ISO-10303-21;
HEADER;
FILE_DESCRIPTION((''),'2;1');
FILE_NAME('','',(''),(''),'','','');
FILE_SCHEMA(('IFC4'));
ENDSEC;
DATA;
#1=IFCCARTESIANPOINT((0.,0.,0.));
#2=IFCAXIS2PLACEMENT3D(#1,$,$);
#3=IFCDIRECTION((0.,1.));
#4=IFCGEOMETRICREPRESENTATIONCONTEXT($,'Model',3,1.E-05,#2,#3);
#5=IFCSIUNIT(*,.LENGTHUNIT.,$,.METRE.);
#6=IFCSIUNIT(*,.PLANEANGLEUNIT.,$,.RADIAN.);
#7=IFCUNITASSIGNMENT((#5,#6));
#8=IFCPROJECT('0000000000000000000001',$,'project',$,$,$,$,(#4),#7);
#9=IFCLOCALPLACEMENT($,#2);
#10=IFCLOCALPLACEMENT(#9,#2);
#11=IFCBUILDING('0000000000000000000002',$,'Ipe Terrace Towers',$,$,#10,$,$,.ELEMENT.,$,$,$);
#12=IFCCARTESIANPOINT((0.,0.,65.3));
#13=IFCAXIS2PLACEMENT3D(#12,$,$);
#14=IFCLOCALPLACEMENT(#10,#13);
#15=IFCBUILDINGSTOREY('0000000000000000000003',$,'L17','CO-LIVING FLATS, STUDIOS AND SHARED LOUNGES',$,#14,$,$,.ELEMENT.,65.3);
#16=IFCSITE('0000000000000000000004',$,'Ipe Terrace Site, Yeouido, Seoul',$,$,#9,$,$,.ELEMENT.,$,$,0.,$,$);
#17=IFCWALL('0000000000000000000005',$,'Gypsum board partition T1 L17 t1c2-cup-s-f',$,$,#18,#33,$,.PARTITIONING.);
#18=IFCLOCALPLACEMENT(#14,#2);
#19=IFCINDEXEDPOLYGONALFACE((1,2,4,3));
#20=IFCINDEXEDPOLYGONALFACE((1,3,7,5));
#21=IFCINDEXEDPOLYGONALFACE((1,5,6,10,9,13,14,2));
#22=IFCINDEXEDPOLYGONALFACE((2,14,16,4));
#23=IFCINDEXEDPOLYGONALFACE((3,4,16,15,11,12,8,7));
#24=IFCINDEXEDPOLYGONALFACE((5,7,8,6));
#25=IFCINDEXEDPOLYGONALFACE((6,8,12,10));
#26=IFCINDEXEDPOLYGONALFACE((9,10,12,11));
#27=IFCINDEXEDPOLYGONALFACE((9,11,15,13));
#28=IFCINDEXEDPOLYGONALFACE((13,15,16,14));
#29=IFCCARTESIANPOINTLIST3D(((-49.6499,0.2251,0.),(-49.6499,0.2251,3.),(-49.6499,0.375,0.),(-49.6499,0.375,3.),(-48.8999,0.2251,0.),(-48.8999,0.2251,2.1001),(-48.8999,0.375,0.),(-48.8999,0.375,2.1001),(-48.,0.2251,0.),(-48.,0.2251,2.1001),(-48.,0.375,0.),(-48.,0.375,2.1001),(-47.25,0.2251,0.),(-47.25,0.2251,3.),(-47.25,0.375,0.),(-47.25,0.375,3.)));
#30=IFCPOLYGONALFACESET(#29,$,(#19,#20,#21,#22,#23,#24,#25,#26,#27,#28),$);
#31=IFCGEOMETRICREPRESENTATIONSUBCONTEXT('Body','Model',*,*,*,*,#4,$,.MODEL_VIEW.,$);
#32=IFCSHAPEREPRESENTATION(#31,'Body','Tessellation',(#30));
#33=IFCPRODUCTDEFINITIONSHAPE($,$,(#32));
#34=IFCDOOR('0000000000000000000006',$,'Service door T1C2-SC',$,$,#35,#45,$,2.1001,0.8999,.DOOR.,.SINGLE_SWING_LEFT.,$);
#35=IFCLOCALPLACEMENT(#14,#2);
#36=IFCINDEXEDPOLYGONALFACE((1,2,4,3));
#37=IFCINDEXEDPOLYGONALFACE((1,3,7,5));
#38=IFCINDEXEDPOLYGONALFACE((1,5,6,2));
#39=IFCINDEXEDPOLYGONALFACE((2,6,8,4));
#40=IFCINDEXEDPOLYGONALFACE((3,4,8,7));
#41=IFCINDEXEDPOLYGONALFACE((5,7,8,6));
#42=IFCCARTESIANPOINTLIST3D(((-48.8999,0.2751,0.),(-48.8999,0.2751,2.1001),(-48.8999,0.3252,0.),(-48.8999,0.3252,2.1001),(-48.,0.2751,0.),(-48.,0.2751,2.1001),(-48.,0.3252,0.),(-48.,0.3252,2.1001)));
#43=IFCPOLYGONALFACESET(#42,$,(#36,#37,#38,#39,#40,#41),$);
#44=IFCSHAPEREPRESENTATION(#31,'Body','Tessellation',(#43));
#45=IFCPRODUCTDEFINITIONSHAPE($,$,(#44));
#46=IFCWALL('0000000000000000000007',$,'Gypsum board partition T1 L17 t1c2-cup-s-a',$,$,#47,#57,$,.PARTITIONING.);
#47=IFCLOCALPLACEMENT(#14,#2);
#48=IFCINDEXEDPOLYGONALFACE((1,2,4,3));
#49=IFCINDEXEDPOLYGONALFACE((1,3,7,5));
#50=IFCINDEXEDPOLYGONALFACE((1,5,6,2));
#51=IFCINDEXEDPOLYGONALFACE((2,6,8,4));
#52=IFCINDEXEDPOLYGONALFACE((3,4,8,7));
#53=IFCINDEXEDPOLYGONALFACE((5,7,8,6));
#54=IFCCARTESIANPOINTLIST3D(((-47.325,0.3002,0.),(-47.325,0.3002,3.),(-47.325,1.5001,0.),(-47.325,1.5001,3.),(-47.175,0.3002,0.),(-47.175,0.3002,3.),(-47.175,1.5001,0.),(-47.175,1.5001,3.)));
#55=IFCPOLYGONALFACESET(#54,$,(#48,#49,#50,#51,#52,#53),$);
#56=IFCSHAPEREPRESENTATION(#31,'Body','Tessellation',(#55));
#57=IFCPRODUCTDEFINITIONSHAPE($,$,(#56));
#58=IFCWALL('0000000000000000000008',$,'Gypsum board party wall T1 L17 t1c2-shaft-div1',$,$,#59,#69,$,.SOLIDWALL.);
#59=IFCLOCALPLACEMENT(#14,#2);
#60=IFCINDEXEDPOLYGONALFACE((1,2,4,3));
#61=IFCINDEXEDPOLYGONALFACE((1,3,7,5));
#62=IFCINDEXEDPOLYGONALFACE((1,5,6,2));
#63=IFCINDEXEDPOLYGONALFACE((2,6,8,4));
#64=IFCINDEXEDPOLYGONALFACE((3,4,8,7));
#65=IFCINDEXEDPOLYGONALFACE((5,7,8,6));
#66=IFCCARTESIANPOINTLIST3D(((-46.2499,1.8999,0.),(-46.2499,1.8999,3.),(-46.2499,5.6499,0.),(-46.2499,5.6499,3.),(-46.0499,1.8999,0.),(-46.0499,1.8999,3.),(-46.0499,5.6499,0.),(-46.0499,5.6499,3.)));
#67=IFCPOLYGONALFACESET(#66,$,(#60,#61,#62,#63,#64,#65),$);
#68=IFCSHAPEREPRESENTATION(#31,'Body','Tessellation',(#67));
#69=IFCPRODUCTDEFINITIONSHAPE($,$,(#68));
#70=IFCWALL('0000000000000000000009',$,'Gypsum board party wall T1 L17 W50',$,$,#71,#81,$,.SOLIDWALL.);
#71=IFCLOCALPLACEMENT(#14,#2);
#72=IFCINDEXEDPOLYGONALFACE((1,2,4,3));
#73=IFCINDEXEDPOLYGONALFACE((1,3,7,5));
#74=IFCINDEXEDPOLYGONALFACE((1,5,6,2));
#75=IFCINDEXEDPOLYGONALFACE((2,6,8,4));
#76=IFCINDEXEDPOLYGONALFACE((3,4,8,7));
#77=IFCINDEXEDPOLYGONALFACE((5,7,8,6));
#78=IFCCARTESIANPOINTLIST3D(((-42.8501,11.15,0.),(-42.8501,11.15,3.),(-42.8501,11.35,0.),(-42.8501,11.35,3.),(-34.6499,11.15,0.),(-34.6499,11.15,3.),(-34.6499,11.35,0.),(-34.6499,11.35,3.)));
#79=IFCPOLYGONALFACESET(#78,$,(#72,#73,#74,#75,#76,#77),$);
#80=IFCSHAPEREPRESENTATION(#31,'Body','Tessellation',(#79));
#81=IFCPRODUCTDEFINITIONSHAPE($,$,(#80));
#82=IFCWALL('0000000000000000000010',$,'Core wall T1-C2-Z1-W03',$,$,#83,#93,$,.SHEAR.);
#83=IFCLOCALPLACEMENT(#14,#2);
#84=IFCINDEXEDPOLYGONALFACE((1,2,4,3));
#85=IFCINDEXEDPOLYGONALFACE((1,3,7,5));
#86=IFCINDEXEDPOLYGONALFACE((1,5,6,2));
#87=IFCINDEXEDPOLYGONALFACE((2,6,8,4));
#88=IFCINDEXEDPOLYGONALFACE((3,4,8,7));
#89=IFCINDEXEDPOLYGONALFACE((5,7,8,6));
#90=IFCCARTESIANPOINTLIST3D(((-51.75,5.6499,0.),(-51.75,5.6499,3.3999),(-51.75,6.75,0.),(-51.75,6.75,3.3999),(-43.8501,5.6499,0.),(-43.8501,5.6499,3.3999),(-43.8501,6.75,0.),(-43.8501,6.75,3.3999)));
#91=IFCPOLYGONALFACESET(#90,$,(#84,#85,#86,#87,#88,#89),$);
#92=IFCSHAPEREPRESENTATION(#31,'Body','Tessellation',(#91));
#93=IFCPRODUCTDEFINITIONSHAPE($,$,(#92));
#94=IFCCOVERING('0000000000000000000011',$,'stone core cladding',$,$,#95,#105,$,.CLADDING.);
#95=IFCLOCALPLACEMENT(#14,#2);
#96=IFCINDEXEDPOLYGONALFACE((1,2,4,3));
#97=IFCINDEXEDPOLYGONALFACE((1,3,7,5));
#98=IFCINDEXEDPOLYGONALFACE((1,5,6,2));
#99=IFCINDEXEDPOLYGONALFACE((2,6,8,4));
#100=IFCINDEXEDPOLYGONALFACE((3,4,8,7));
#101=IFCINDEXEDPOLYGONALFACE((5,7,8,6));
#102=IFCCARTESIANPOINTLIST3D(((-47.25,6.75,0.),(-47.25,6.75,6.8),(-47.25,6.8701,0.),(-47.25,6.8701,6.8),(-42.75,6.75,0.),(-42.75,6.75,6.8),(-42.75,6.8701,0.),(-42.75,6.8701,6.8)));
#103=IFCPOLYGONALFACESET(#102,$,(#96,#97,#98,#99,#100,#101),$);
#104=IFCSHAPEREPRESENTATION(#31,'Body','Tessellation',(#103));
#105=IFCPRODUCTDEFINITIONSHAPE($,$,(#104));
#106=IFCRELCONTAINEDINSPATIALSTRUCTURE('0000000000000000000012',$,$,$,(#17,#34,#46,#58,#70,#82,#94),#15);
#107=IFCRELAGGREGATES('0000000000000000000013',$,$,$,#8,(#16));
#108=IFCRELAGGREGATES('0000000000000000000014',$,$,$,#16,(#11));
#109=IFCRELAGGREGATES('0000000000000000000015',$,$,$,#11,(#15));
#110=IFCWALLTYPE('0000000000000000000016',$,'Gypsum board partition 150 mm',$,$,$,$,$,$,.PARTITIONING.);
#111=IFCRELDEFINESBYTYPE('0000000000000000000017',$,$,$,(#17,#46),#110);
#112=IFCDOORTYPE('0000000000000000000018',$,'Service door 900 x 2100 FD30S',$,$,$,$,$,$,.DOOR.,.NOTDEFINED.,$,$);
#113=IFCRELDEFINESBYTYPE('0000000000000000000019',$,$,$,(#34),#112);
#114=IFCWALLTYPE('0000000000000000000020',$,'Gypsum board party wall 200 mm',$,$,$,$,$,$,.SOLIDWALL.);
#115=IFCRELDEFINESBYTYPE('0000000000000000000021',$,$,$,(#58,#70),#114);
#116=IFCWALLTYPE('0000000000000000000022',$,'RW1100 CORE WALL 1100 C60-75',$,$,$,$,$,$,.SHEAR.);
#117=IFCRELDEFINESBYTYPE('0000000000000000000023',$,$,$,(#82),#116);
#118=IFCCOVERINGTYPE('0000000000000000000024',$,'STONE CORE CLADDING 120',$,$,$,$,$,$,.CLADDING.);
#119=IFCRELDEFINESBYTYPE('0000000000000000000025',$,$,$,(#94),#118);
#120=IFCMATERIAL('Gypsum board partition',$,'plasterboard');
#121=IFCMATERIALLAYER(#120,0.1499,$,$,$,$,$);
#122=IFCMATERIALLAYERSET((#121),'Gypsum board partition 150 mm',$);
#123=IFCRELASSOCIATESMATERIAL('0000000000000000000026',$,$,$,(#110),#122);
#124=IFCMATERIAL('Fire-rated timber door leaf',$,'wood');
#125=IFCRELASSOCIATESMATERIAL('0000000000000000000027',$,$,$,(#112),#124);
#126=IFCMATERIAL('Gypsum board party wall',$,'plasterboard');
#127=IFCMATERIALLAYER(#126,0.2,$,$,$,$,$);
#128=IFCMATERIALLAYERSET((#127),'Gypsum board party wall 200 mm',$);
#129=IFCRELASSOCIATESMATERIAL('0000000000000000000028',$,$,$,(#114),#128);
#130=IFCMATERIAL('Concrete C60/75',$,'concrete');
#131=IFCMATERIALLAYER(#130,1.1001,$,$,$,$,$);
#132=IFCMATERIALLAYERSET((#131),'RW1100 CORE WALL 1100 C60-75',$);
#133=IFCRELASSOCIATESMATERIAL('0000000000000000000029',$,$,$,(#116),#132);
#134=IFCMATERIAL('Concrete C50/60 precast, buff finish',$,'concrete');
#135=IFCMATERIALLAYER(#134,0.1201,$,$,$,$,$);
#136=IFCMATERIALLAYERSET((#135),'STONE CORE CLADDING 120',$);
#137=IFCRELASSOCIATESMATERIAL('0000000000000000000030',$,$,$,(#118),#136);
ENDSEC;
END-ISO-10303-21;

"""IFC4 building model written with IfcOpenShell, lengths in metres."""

from ifc_helpers import new_model, si_unit, direction, frame, frame_2d, origin, origin_2d, place, context, subcontext, project, spatial, rectangle, extrude, material, layer, layer_set, type_object, element, fill, save


model = new_model("IFC4")

# Units and contexts
model_context = context("Model", 3, precision=1e-05, world=origin(), true_north=direction((0.0, 1.0)))
body_context = subcontext(model_context, "Body", "Model", "MODEL_VIEW")
ifc_project = project(units=[si_unit("LENGTHUNIT", "METRE"), si_unit("PLANEANGLEUNIT", "RADIAN")], contexts=[model_context])

# Site, building, storey
site_placement = place(None, origin())
site = spatial("IfcSite", under=ifc_project, at=site_placement, Name="Ipe Terrace Site, Yeouido, Seoul", CompositionType="ELEMENT", RefElevation=0.0)
building_placement = place(site_placement, origin())
building = spatial("IfcBuilding", under=site, at=building_placement, Name="Ipe Terrace Towers", CompositionType="ELEMENT")
storey_placement = place(building_placement, frame((0.0, 0.0, 65.3)))
storey = spatial("IfcBuildingStorey", under=building, at=storey_placement, Name="L17", Description="CO-LIVING FLATS, STUDIOS AND SHARED LOUNGES", CompositionType="ELEMENT", Elevation=65.3)

# Wall, opening, door
ifc_material_1 = material(Name="Gypsum board partition", Category="plasterboard")
ifc_layer_1 = layer(ifc_material_1, 0.1499)
ifc_layer_set_1 = layer_set([ifc_layer_1], Name="Gypsum board partition 150 mm")
wall_type_1 = type_object("IfcWallType", Name="Gypsum board partition 150 mm", PredefinedType="PARTITIONING", material=ifc_layer_set_1)
wall_1_placement = place(storey_placement, frame((-47.25, 0.3, 0.0), z_axis=(0.0, 0.0, 1.0), x_axis=(-1.0, 0.0, 0.0)))
wall_1 = element("IfcWall", 1, at=wall_1_placement, inside=storey, type_object=wall_type_1, Name="Gypsum board partition T1 L17 t1c2-cup-s-f", PredefinedType="PARTITIONING", context=body_context, shape_type="SweptSolid", body=[
    extrude(rectangle(XDim=2.3999, YDim=0.1499, at=frame_2d((1.2, 0.0))), origin(), (0.0, 0.0, 1.0), 3.0),
])
opening_1_placement = place(wall_1_placement, frame((0.75, 0.0, 0.0)))
opening_1 = element("IfcOpeningElement", 2, at=opening_1_placement, cuts=wall_1, PredefinedType="OPENING", context=body_context, shape_type="SweptSolid", body=[
    extrude(rectangle(XDim=0.8999, YDim=2.1001, at=frame_2d((0.45, 1.05))), frame((0.0, 0.085, 0.0), z_axis=(0.0, -1.0, 0.0), x_axis=(1.0, 0.0, 0.0)), (0.0, 0.0, 1.0), 0.1699),
])
ifc_material_2 = material(Name="Fire-rated timber door leaf", Category="wood")
door_type_1 = type_object("IfcDoorType", Name="Service door 900 x 2100 FD30S", OperationType="NOTDEFINED", PredefinedType="DOOR", material=ifc_material_2)
door_1_placement = place(opening_1_placement, origin())
door_1 = element("IfcDoor", 3, at=door_1_placement, inside=storey, type_object=door_type_1, Name="Service door T1C2-SC", OperationType="SINGLE_SWING_LEFT", OverallHeight=2.1001, OverallWidth=0.8999, PredefinedType="DOOR", context=body_context, shape_type="SweptSolid", body=[
    extrude(rectangle(XDim=0.8999, YDim=2.1001, at=frame_2d((0.45, 1.05))), frame((0.0, 0.0249, 0.0), z_axis=(0.0, -1.0, 0.0), x_axis=(1.0, 0.0, 0.0)), (0.0, 0.0, 1.0), 0.05),
])
fill(opening_1, door_1)

# Walls
wall_2_placement = place(storey_placement, frame((-47.25, 0.3, 0.0), z_axis=(0.0, 0.0, 1.0), x_axis=(0.0, 1.0, 0.0)))
element("IfcWall", 4, at=wall_2_placement, inside=storey, type_object=wall_type_1, Name="Gypsum board partition T1 L17 t1c2-cup-s-a", PredefinedType="PARTITIONING", context=body_context, shape_type="SweptSolid", body=[
    extrude(rectangle(XDim=1.2, YDim=0.1499, at=frame_2d((0.6001, 0.0))), origin(), (0.0, 0.0, 1.0), 3.0),
])
ifc_material_3 = material(Name="Gypsum board party wall", Category="plasterboard")
ifc_layer_2 = layer(ifc_material_3, 0.2)
ifc_layer_set_2 = layer_set([ifc_layer_2], Name="Gypsum board party wall 200 mm")
wall_type_2 = type_object("IfcWallType", Name="Gypsum board party wall 200 mm", PredefinedType="SOLIDWALL", material=ifc_layer_set_2)
wall_3_placement = place(storey_placement, frame((-46.1499, 5.6499, 0.0), z_axis=(0.0, 0.0, 1.0), x_axis=(0.0, -1.0, 0.0)))
element("IfcWall", 5, at=wall_3_placement, inside=storey, type_object=wall_type_2, Name="Gypsum board party wall T1 L17 t1c2-shaft-div1", PredefinedType="SOLIDWALL", context=body_context, shape_type="SweptSolid", body=[
    extrude(rectangle(XDim=3.75, YDim=0.2, at=frame_2d((1.875, 0.0))), origin(), (0.0, 0.0, 1.0), 3.0),
])
wall_4_placement = place(storey_placement, frame((-42.8501, 11.25, 0.0), z_axis=(0.0, 0.0, 1.0), x_axis=(1.0, 0.0, 0.0)))
element("IfcWall", 6, at=wall_4_placement, inside=storey, type_object=wall_type_2, Name="Gypsum board party wall T1 L17 W50", PredefinedType="SOLIDWALL", context=body_context, shape_type="SweptSolid", body=[
    extrude(rectangle(XDim=8.2002, YDim=0.2, at=frame_2d((4.1001, 0.0))), origin(), (0.0, 0.0, 1.0), 3.0),
])
ifc_material_4 = material(Name="Concrete C60/75", Category="concrete")
ifc_layer_3 = layer(ifc_material_4, 1.1001)
ifc_layer_set_3 = layer_set([ifc_layer_3], Name="RW1100 CORE WALL 1100 C60-75")
wall_type_3 = type_object("IfcWallType", Name="RW1100 CORE WALL 1100 C60-75", PredefinedType="SHEAR", material=ifc_layer_set_3)
wall_5_placement = place(storey_placement, frame((-43.8501, 6.2, 0.0), z_axis=(0.0, 0.0, 1.0), x_axis=(-1.0, 0.0, 0.0)))
element("IfcWall", 7, at=wall_5_placement, inside=storey, type_object=wall_type_3, Name="Core wall T1-C2-Z1-W03", PredefinedType="SHEAR", context=body_context, shape_type="SweptSolid", body=[
    extrude(rectangle(XDim=7.8999, YDim=1.1001, at=frame_2d((3.95, 0.0))), origin(), (0.0, 0.0, 1.0), 3.3999),
])

# Covering
ifc_material_5 = material(Name="Concrete C50/60 precast, buff finish", Category="concrete")
ifc_layer_4 = layer(ifc_material_5, 0.1201)
ifc_layer_set_4 = layer_set([ifc_layer_4], Name="STONE CORE CLADDING 120")
covering_type = type_object("IfcCoveringType", Name="STONE CORE CLADDING 120", PredefinedType="CLADDING", material=ifc_layer_set_4)
covering_placement = place(storey_placement, frame((-45.0, 6.8101, 0.0), z_axis=(0.0, 0.0, 1.0), x_axis=(-1.0, 0.0, 0.0)))
element("IfcCovering", 8, at=covering_placement, inside=storey, type_object=covering_type, Name="stone core cladding", PredefinedType="CLADDING", context=body_context, shape_type="SweptSolid", body=[
    extrude(rectangle(XDim=4.5, YDim=0.1201, at=origin_2d()), origin(), (0.0, 0.0, 1.0), 6.8),
])

save(model, "model.ifc")
